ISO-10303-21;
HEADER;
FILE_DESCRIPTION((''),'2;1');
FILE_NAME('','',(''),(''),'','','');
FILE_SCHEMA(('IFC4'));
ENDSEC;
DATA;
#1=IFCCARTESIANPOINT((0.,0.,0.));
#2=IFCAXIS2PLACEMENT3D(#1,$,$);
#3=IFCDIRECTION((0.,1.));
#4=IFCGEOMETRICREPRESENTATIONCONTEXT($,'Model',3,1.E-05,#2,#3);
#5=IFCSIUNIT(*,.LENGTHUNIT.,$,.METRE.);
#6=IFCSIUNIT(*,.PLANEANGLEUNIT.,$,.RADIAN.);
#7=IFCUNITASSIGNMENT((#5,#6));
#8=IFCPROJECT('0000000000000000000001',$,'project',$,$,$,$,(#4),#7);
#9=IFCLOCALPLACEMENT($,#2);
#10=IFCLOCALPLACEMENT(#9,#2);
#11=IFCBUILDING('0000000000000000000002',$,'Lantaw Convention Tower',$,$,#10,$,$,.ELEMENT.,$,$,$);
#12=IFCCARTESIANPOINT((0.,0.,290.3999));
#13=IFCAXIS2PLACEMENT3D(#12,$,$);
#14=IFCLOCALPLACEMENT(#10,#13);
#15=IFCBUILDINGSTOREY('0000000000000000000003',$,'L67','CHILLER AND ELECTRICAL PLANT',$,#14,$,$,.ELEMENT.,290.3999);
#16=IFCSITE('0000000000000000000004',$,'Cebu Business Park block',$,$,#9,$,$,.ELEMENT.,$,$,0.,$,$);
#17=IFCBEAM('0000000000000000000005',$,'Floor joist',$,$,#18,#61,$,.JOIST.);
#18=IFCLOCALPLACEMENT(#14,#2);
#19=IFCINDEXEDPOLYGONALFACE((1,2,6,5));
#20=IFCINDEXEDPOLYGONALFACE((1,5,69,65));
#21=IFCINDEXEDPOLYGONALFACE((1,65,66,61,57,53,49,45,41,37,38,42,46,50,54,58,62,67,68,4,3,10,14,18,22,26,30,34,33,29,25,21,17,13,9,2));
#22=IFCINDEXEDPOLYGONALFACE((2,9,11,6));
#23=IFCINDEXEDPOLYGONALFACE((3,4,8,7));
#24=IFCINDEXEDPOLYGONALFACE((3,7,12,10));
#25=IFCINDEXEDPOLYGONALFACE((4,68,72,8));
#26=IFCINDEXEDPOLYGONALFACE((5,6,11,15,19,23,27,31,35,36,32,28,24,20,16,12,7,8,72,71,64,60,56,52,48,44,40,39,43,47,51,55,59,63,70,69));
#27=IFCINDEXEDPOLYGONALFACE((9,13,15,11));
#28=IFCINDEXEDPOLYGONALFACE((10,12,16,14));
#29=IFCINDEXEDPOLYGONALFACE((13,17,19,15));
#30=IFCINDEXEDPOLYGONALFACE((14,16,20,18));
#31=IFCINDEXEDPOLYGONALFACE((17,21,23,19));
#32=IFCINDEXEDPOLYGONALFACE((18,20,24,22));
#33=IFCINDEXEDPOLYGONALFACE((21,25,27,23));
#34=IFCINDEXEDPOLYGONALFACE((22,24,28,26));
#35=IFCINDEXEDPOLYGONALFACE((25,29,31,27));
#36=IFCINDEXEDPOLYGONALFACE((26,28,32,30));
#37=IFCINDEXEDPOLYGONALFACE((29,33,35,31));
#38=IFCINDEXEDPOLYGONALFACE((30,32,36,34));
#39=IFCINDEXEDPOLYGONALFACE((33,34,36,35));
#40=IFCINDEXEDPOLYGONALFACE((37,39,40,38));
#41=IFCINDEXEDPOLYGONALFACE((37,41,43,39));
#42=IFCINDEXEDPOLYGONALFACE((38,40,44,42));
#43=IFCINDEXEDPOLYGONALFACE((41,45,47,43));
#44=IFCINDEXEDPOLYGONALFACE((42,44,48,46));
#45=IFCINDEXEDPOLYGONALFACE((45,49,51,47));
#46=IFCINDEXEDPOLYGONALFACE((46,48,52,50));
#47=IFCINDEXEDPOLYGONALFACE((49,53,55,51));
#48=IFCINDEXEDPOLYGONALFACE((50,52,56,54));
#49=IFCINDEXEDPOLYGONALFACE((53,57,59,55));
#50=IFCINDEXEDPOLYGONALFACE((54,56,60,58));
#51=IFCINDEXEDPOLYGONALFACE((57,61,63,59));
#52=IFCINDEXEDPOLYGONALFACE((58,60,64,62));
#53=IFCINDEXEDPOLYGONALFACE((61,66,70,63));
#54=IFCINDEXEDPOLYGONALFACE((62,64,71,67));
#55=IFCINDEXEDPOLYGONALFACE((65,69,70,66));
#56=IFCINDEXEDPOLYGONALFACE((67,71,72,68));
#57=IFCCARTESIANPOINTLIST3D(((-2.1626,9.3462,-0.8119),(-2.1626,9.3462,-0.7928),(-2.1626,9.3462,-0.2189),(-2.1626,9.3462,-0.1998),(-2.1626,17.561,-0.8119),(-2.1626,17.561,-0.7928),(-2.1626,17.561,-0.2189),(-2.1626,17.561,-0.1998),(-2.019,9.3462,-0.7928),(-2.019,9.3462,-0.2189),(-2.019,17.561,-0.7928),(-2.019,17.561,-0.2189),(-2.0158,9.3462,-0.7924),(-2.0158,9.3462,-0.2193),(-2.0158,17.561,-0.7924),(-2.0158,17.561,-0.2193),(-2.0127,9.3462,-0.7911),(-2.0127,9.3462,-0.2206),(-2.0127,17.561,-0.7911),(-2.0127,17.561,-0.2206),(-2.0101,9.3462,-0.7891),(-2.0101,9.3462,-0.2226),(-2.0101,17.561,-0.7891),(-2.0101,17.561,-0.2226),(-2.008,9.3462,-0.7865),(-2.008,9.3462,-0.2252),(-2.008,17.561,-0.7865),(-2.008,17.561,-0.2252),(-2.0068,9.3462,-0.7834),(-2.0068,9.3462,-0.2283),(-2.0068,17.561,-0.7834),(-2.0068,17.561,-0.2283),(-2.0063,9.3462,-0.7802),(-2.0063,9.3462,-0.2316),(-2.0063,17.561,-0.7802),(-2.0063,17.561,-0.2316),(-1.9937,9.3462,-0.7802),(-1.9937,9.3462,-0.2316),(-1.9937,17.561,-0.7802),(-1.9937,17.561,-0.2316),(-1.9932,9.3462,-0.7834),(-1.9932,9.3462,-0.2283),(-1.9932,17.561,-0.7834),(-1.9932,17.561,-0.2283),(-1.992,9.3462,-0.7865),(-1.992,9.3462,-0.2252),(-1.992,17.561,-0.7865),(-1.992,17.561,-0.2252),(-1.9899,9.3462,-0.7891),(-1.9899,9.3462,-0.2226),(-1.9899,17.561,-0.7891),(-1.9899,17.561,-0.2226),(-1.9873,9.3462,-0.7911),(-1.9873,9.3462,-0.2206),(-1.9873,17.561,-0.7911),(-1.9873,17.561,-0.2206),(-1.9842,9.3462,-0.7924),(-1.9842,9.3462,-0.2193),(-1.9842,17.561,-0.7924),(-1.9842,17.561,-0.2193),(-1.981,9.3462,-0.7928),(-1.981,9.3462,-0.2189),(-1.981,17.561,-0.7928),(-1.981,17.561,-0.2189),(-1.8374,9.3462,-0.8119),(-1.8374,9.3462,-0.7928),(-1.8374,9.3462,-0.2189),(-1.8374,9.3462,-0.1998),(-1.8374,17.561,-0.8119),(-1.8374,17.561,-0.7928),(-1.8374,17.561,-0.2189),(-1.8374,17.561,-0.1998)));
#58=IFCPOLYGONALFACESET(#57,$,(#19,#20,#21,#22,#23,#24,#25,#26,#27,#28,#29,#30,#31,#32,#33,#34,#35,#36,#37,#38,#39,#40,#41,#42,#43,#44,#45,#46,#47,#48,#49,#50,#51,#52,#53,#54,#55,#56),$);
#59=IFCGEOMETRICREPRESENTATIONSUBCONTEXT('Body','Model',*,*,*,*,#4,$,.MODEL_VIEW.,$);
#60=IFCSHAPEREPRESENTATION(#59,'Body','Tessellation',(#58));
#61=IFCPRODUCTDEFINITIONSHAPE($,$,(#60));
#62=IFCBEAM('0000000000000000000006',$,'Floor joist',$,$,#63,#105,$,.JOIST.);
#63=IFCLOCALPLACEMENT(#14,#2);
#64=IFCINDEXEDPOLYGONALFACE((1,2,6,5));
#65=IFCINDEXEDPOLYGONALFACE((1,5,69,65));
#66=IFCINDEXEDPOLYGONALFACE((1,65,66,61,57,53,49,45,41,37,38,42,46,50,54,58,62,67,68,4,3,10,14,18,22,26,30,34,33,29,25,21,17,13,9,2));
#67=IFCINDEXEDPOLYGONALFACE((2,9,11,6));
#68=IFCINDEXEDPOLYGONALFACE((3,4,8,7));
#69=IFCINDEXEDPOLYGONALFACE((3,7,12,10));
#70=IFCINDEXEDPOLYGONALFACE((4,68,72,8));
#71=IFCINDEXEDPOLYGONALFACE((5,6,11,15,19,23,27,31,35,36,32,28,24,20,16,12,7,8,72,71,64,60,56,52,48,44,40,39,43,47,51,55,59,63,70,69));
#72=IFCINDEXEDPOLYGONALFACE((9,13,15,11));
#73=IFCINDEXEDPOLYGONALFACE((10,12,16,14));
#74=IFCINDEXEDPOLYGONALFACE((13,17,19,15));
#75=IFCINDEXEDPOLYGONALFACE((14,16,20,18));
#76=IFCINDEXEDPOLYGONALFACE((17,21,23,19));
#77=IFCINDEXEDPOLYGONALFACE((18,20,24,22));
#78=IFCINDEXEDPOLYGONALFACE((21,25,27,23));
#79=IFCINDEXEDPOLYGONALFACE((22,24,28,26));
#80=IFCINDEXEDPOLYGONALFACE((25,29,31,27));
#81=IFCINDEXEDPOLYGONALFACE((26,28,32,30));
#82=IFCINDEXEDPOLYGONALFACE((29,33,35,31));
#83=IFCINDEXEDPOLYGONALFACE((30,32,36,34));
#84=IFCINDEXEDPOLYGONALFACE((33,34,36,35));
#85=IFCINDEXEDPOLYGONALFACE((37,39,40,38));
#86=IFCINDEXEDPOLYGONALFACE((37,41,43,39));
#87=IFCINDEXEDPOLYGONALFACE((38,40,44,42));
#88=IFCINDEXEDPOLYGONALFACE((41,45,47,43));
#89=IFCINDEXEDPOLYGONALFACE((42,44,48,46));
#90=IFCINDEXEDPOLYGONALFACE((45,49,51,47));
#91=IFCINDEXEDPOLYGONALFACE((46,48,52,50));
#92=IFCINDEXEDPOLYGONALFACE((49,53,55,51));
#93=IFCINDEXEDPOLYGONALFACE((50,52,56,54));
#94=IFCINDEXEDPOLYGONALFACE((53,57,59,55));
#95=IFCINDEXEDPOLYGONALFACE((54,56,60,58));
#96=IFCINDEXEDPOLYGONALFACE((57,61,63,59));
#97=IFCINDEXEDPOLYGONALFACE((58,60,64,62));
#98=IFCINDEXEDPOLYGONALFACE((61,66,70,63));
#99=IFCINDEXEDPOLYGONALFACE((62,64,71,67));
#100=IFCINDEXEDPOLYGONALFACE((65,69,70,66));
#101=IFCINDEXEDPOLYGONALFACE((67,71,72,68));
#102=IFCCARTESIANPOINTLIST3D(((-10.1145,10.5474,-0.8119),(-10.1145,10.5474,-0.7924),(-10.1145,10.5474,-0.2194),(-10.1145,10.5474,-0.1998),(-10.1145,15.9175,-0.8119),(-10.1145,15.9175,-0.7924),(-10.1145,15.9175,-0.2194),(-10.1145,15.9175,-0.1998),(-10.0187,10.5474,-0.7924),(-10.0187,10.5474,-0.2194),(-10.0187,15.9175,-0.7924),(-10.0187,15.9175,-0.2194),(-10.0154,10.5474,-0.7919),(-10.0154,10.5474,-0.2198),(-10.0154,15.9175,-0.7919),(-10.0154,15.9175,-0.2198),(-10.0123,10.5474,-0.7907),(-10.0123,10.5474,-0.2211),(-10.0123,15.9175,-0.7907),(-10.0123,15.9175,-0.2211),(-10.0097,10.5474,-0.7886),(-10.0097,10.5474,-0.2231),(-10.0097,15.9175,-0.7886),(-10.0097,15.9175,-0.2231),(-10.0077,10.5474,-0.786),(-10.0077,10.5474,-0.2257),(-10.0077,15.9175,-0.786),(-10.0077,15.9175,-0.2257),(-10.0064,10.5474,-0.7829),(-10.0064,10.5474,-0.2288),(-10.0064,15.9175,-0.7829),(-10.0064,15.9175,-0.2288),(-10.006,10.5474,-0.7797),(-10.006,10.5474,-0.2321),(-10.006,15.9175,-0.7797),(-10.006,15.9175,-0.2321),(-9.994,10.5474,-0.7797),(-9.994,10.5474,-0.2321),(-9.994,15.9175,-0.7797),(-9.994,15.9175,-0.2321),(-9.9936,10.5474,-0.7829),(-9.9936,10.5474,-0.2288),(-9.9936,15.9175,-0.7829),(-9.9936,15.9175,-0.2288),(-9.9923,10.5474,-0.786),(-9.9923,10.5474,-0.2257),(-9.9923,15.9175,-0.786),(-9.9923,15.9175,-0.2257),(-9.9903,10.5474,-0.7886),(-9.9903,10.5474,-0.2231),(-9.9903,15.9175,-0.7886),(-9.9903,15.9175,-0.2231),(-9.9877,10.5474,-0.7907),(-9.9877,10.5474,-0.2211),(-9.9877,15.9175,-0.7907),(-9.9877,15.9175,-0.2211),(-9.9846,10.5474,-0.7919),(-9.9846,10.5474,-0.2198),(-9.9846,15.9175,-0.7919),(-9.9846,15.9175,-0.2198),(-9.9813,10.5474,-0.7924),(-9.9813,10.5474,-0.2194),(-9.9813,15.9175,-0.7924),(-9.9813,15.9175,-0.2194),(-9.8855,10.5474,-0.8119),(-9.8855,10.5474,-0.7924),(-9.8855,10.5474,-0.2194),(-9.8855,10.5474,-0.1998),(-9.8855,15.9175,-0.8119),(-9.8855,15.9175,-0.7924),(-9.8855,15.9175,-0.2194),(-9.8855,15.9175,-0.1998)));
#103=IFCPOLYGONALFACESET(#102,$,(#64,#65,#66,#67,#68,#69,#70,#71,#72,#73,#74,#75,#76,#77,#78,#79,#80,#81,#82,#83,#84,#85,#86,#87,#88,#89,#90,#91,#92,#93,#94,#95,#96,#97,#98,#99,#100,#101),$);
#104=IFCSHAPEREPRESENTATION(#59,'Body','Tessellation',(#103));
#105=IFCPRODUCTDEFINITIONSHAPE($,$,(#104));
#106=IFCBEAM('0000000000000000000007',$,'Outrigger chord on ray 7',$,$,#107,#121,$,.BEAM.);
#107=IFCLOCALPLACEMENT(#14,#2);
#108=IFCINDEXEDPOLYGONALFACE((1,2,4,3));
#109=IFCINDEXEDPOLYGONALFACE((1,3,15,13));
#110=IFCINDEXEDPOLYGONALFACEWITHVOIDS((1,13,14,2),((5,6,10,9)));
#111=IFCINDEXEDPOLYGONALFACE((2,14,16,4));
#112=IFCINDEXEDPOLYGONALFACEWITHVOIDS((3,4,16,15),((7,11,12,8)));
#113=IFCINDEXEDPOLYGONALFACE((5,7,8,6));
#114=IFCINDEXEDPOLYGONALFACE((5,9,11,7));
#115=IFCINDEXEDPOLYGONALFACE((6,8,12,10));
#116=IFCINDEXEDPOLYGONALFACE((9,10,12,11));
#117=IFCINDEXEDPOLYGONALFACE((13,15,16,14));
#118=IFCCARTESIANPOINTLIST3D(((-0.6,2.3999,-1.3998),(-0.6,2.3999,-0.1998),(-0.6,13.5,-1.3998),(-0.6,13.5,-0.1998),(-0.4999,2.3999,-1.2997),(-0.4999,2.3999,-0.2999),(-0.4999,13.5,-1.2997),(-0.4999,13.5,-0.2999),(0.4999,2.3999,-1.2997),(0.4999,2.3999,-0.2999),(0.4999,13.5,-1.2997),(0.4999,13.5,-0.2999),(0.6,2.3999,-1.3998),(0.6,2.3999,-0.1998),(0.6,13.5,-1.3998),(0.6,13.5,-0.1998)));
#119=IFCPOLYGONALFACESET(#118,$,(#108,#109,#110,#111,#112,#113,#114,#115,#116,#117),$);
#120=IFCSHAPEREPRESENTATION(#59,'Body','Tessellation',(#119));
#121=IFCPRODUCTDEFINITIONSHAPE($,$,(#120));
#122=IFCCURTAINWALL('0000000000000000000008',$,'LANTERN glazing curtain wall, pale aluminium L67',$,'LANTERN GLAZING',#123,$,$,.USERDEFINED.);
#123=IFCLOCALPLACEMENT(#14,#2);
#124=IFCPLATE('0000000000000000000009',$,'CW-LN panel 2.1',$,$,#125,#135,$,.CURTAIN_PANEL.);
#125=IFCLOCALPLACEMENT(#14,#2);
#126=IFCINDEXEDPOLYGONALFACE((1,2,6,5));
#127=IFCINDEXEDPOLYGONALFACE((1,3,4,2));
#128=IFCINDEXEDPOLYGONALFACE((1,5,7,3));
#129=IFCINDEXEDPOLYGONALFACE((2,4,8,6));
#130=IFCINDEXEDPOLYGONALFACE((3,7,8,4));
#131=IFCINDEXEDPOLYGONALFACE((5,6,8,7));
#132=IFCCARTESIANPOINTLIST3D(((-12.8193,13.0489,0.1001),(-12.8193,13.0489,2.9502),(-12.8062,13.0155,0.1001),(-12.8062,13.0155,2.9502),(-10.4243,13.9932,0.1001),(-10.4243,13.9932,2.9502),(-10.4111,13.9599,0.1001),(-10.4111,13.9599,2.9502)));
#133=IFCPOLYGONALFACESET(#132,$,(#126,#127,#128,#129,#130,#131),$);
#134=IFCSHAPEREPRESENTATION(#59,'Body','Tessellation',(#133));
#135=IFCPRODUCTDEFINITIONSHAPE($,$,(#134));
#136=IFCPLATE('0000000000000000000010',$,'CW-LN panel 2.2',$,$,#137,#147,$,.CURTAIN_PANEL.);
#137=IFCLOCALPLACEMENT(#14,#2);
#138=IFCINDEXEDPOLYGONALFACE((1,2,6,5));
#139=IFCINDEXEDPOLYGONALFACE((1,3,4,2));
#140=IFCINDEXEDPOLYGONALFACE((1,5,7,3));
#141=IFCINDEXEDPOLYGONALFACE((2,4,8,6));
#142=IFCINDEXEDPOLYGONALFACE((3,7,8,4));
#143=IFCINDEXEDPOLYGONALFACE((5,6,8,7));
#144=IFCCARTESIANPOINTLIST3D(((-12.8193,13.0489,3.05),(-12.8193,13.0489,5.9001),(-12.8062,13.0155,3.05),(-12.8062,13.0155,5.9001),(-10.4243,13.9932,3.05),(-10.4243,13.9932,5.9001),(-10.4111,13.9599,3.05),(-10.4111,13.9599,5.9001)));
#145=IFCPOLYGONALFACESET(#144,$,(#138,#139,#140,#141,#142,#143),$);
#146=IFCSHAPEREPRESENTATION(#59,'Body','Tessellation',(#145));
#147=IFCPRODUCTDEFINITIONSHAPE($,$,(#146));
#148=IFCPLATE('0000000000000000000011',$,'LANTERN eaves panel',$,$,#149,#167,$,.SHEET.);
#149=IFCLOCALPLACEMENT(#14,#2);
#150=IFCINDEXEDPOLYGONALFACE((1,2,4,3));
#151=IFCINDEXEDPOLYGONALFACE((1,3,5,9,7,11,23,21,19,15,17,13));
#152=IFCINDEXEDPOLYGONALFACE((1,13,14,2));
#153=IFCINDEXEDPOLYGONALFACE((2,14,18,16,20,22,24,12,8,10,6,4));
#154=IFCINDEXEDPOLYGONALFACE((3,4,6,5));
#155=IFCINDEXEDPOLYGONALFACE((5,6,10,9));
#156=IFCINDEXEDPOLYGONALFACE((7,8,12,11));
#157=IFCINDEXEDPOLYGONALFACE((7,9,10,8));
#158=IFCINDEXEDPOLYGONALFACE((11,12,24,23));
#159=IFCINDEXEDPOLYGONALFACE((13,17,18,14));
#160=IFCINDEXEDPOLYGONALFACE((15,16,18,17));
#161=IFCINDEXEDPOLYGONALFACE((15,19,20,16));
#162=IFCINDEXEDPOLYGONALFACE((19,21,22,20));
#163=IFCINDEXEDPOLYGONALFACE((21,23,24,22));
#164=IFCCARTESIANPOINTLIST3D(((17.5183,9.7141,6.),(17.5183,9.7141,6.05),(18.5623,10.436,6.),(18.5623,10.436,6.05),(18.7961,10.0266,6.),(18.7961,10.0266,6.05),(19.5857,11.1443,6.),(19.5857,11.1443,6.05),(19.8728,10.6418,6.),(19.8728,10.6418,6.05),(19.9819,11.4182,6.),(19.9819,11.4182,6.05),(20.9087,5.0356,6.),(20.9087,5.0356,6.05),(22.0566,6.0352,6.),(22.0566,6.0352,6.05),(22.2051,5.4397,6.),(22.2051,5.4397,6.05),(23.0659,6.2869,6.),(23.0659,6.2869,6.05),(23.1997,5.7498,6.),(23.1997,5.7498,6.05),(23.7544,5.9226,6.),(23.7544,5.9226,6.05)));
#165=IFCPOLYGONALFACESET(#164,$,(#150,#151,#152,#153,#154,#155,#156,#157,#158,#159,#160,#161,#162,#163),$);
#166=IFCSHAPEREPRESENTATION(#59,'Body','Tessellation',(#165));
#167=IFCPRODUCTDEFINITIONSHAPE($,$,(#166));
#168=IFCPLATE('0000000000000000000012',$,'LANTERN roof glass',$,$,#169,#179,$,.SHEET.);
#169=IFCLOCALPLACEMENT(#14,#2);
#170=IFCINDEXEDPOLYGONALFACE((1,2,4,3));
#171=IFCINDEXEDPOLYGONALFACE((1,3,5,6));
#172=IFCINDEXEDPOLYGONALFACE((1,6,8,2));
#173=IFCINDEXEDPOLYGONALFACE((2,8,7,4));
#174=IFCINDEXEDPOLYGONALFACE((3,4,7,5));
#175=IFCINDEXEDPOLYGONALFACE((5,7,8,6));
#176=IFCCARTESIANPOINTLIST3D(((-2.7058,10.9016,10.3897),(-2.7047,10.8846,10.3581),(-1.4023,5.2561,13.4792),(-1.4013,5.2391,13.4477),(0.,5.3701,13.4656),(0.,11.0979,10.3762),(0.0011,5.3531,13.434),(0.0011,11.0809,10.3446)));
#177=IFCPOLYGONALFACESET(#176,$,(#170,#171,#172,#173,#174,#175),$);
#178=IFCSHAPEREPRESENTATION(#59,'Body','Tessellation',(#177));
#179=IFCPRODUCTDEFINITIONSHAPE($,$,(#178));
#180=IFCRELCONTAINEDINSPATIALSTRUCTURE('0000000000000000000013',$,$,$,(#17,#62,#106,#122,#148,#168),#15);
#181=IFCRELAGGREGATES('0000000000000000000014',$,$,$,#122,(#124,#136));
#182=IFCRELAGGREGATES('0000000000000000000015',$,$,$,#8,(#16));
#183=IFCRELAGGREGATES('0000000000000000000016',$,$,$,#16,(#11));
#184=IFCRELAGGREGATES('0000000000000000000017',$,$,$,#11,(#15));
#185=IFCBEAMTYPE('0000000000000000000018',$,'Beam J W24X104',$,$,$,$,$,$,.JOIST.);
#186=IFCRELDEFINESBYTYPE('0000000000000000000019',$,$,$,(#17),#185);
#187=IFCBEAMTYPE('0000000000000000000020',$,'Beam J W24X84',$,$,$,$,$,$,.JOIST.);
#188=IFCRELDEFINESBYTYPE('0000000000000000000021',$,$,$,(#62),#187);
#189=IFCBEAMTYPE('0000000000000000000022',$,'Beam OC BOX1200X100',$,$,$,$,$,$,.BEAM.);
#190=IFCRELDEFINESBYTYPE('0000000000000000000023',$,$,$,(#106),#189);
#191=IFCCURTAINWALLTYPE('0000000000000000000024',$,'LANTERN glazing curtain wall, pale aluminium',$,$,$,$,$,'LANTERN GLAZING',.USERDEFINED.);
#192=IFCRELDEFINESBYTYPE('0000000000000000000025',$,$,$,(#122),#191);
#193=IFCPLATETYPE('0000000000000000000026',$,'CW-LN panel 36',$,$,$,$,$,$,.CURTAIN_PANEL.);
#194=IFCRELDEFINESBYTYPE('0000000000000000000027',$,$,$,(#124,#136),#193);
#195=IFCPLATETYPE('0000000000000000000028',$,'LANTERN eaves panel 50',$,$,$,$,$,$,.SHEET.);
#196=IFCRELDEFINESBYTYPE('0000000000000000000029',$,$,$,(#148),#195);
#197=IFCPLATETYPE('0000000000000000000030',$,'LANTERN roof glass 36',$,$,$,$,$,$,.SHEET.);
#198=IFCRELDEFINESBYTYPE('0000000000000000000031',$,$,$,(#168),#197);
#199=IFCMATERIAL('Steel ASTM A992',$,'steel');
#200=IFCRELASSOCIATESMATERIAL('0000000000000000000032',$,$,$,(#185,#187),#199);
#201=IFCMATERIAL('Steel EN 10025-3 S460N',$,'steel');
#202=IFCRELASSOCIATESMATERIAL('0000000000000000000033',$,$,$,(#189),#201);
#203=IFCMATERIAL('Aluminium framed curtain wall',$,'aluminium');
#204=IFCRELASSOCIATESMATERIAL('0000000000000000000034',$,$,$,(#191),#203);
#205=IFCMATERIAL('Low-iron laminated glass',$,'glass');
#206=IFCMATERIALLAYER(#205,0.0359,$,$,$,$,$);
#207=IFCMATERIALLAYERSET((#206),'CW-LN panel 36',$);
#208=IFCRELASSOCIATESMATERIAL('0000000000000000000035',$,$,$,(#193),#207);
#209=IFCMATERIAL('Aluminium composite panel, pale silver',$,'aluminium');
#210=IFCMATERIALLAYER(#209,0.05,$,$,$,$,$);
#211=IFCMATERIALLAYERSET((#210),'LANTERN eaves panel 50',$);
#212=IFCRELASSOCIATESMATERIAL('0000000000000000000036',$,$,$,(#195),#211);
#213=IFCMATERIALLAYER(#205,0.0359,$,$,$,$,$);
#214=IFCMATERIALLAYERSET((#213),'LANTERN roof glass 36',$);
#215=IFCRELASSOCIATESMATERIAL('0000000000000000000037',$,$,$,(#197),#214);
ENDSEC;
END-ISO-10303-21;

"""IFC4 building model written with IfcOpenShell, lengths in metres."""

from ifc_helpers import new_model, si_unit, direction, frame, origin, origin_2d, place, context, subcontext, project, spatial, polyline, rectangle, hollow_rectangle, i_section, outline, extrude, material, layer, layer_set, material_profile, profile_set, type_object, element, aggregate, save


model = new_model("IFC4")

# Units and contexts
model_context = context("Model", 3, precision=1e-05, world=origin(), true_north=direction((0.0, 1.0)))
body_context = subcontext(model_context, "Body", "Model", "MODEL_VIEW")
ifc_project = project(units=[si_unit("LENGTHUNIT", "METRE"), si_unit("PLANEANGLEUNIT", "RADIAN")], contexts=[model_context])

# Site, building, storey
site_placement = place(None, origin())
site = spatial("IfcSite", under=ifc_project, at=site_placement, Name="Cebu Business Park block", CompositionType="ELEMENT", RefElevation=0.0)
building_placement = place(site_placement, origin())
building = spatial("IfcBuilding", under=site, at=building_placement, Name="Lantaw Convention Tower", CompositionType="ELEMENT")
storey_placement = place(building_placement, frame((0.0, 0.0, 290.3999)))
storey = spatial("IfcBuildingStorey", under=building, at=storey_placement, Name="L67", Description="CHILLER AND ELECTRICAL PLANT", CompositionType="ELEMENT", Elevation=290.3999)

# Beams
ifc_material_1 = material(Name="Steel EN 10025-3 S460N", Category="steel")
ifc_material_2 = material(Name="Steel ASTM A992", Category="steel")
ifc_material_profile_1 = material_profile(ifc_material_2, i_section(OverallWidth=0.3252, OverallDepth=0.6121, WebThickness=0.0127, FlangeThickness=0.019, FilletRadius=0.0127, at=origin_2d()), Name="W24X104")
ifc_profile_set_1 = profile_set([ifc_material_profile_1], Name="Steel ASTM A992")
beam_type_1 = type_object("IfcBeamType", Name="Beam J W24X104", PredefinedType="JOIST", material=ifc_profile_set_1)
beam_1_placement = place(storey_placement, frame((-2.0, 9.3462, -0.5059), z_axis=(0.0, 1.0, 0.0), x_axis=(-1.0, 0.0, 0.0)))
element("IfcBeam", 1, at=beam_1_placement, inside=storey, type_object=beam_type_1, Name="Floor joist", PredefinedType="JOIST", context=body_context, shape_type="SweptSolid", body=[
    extrude(i_section(OverallWidth=0.3252, OverallDepth=0.6121, WebThickness=0.0127, FlangeThickness=0.019, FilletRadius=0.0127, at=origin_2d()), origin(), (0.0, 0.0, 1.0), 8.2148),
])
ifc_material_profile_2 = material_profile(ifc_material_2, i_section(OverallWidth=0.229, OverallDepth=0.6121, WebThickness=0.012, FlangeThickness=0.0195, FilletRadius=0.0127, at=origin_2d()), Name="W24X84")
ifc_profile_set_2 = profile_set([ifc_material_profile_2], Name="Steel ASTM A992")
beam_type_2 = type_object("IfcBeamType", Name="Beam J W24X84", PredefinedType="JOIST", material=ifc_profile_set_2)
beam_2_placement = place(storey_placement, frame((-10.0, 10.5474, -0.5059), z_axis=(0.0, 1.0, 0.0), x_axis=(-1.0, 0.0, 0.0)))
element("IfcBeam", 2, at=beam_2_placement, inside=storey, type_object=beam_type_2, Name="Floor joist", PredefinedType="JOIST", context=body_context, shape_type="SweptSolid", body=[
    extrude(i_section(OverallWidth=0.229, OverallDepth=0.6121, WebThickness=0.012, FlangeThickness=0.0195, FilletRadius=0.0127, at=origin_2d()), origin(), (0.0, 0.0, 1.0), 5.3701),
])
ifc_material_profile_3 = material_profile(ifc_material_1, hollow_rectangle(XDim=1.2, YDim=1.2, WallThickness=0.1001, at=origin_2d()), Name="BOX1200X100")
ifc_profile_set_3 = profile_set([ifc_material_profile_3], Name="Steel EN 10025-3 S460N")
beam_type_3 = type_object("IfcBeamType", Name="Beam OC BOX1200X100", PredefinedType="BEAM", material=ifc_profile_set_3)
beam_3_placement = place(storey_placement, frame((0.0, 2.3999, -0.7998), z_axis=(0.0, 1.0, 0.0), x_axis=(-1.0, 0.0, 0.0)))
element("IfcBeam", 3, at=beam_3_placement, inside=storey, type_object=beam_type_3, Name="Outrigger chord on ray 7", PredefinedType="BEAM", context=body_context, shape_type="SweptSolid", body=[
    extrude(hollow_rectangle(XDim=1.2, YDim=1.2, WallThickness=0.1001, at=origin_2d()), origin(), (0.0, 0.0, 1.0), 11.1001),
])

# Curtain wall, plates
ifc_material_3 = material(Name="Aluminium framed curtain wall", Category="aluminium")
curtain_wall_type = type_object("IfcCurtainWallType", Name="LANTERN glazing curtain wall, pale aluminium", ElementType="LANTERN GLAZING", PredefinedType="USERDEFINED", material=ifc_material_3)
curtain_wall_placement = place(storey_placement, origin())
curtain_wall = element("IfcCurtainWall", 4, at=curtain_wall_placement, inside=storey, type_object=curtain_wall_type, Name="LANTERN glazing curtain wall, pale aluminium L67", ObjectType="LANTERN GLAZING", PredefinedType="USERDEFINED")
ifc_material_4 = material(Name="Low-iron laminated glass", Category="glass")
ifc_layer_1 = layer(ifc_material_4, 0.0359)
ifc_layer_set_1 = layer_set([ifc_layer_1], Name="CW-LN panel 36")
plate_type_1 = type_object("IfcPlateType", Name="CW-LN panel 36", PredefinedType="CURTAIN_PANEL", material=ifc_layer_set_1)
plate_1_placement = place(storey_placement, frame((-11.6152, 13.5044, 0.1001), z_axis=(0.0, 0.0, 1.0), x_axis=(-0.930299, -0.366802, 0.0)))
plate_1 = element("IfcPlate", 5, at=plate_1_placement, type_object=plate_type_1, Name="CW-LN panel 2.1", PredefinedType="CURTAIN_PANEL", context=body_context, shape_type="SweptSolid", body=[
    extrude(rectangle(XDim=2.5745, YDim=0.0359, at=origin_2d()), origin(), (0.0, 0.0, 1.0), 2.8501),
])
plate_2_placement = place(storey_placement, frame((-11.6152, 13.5044, 3.05), z_axis=(0.0, 0.0, 1.0), x_axis=(-0.930299, -0.366802, 0.0)))
plate_2 = element("IfcPlate", 6, at=plate_2_placement, type_object=plate_type_1, Name="CW-LN panel 2.2", PredefinedType="CURTAIN_PANEL", context=body_context, shape_type="SweptSolid", body=[
    extrude(rectangle(XDim=2.5745, YDim=0.0359, at=origin_2d()), origin(), (0.0, 0.0, 1.0), 2.8501),
])
aggregate(curtain_wall, [plate_1, plate_2])

# Plates
ifc_material_5 = material(Name="Aluminium composite panel, pale silver", Category="aluminium")
ifc_layer_2 = layer(ifc_material_5, 0.05)
ifc_layer_set_2 = layer_set([ifc_layer_2], Name="LANTERN eaves panel 50")
plate_type_2 = type_object("IfcPlateType", Name="LANTERN eaves panel 50", PredefinedType="SHEET", material=ifc_layer_set_2)
plate_3_placement = place(storey_placement, frame((0.0, 0.0, 6.0)))
element("IfcPlate", 7, at=plate_3_placement, inside=storey, type_object=plate_type_2, Name="LANTERN eaves panel", PredefinedType="SHEET", context=body_context, shape_type="SweptSolid", body=[
    extrude(outline(polyline([(20.9087, 5.0356), (22.2051, 5.4397), (22.0566, 6.0352), (23.0659, 6.2869), (23.1997, 5.7498), (23.7544, 5.9226), (19.9819, 11.4182), (19.5857, 11.1443), (19.8728, 10.6418), (18.7961, 10.0266), (18.5623, 10.436), (17.5183, 9.7141), (20.9087, 5.0356)])), origin(), (0.0, 0.0, 1.0), 0.05),
])
ifc_layer_3 = layer(ifc_material_4, 0.0359)
ifc_layer_set_3 = layer_set([ifc_layer_3], Name="LANTERN roof glass 36")
plate_type_3 = type_object("IfcPlateType", Name="LANTERN roof glass 36", PredefinedType="SHEET", material=ifc_layer_set_3)
plate_4_placement = place(storey_placement, frame((0.0, 11.0979, 10.3762), z_axis=(-0.030038, 0.474508, 0.879739), x_axis=(-0.997367, -0.072344, 0.004966)))
element("IfcPlate", 8, at=plate_4_placement, inside=storey, type_object=plate_type_3, Name="LANTERN roof glass", PredefinedType="SHEET", context=body_context, shape_type="SweptSolid", body=[
    extrude(outline(polyline([(0.0, 0.0), (2.713, 0.0), (1.8367, 6.5076), (0.4297, 6.4936), (0.0, 0.0)])), origin(), (0.0, 0.0, -1.0), 0.0359),
])

save(model, "model.ifc")
